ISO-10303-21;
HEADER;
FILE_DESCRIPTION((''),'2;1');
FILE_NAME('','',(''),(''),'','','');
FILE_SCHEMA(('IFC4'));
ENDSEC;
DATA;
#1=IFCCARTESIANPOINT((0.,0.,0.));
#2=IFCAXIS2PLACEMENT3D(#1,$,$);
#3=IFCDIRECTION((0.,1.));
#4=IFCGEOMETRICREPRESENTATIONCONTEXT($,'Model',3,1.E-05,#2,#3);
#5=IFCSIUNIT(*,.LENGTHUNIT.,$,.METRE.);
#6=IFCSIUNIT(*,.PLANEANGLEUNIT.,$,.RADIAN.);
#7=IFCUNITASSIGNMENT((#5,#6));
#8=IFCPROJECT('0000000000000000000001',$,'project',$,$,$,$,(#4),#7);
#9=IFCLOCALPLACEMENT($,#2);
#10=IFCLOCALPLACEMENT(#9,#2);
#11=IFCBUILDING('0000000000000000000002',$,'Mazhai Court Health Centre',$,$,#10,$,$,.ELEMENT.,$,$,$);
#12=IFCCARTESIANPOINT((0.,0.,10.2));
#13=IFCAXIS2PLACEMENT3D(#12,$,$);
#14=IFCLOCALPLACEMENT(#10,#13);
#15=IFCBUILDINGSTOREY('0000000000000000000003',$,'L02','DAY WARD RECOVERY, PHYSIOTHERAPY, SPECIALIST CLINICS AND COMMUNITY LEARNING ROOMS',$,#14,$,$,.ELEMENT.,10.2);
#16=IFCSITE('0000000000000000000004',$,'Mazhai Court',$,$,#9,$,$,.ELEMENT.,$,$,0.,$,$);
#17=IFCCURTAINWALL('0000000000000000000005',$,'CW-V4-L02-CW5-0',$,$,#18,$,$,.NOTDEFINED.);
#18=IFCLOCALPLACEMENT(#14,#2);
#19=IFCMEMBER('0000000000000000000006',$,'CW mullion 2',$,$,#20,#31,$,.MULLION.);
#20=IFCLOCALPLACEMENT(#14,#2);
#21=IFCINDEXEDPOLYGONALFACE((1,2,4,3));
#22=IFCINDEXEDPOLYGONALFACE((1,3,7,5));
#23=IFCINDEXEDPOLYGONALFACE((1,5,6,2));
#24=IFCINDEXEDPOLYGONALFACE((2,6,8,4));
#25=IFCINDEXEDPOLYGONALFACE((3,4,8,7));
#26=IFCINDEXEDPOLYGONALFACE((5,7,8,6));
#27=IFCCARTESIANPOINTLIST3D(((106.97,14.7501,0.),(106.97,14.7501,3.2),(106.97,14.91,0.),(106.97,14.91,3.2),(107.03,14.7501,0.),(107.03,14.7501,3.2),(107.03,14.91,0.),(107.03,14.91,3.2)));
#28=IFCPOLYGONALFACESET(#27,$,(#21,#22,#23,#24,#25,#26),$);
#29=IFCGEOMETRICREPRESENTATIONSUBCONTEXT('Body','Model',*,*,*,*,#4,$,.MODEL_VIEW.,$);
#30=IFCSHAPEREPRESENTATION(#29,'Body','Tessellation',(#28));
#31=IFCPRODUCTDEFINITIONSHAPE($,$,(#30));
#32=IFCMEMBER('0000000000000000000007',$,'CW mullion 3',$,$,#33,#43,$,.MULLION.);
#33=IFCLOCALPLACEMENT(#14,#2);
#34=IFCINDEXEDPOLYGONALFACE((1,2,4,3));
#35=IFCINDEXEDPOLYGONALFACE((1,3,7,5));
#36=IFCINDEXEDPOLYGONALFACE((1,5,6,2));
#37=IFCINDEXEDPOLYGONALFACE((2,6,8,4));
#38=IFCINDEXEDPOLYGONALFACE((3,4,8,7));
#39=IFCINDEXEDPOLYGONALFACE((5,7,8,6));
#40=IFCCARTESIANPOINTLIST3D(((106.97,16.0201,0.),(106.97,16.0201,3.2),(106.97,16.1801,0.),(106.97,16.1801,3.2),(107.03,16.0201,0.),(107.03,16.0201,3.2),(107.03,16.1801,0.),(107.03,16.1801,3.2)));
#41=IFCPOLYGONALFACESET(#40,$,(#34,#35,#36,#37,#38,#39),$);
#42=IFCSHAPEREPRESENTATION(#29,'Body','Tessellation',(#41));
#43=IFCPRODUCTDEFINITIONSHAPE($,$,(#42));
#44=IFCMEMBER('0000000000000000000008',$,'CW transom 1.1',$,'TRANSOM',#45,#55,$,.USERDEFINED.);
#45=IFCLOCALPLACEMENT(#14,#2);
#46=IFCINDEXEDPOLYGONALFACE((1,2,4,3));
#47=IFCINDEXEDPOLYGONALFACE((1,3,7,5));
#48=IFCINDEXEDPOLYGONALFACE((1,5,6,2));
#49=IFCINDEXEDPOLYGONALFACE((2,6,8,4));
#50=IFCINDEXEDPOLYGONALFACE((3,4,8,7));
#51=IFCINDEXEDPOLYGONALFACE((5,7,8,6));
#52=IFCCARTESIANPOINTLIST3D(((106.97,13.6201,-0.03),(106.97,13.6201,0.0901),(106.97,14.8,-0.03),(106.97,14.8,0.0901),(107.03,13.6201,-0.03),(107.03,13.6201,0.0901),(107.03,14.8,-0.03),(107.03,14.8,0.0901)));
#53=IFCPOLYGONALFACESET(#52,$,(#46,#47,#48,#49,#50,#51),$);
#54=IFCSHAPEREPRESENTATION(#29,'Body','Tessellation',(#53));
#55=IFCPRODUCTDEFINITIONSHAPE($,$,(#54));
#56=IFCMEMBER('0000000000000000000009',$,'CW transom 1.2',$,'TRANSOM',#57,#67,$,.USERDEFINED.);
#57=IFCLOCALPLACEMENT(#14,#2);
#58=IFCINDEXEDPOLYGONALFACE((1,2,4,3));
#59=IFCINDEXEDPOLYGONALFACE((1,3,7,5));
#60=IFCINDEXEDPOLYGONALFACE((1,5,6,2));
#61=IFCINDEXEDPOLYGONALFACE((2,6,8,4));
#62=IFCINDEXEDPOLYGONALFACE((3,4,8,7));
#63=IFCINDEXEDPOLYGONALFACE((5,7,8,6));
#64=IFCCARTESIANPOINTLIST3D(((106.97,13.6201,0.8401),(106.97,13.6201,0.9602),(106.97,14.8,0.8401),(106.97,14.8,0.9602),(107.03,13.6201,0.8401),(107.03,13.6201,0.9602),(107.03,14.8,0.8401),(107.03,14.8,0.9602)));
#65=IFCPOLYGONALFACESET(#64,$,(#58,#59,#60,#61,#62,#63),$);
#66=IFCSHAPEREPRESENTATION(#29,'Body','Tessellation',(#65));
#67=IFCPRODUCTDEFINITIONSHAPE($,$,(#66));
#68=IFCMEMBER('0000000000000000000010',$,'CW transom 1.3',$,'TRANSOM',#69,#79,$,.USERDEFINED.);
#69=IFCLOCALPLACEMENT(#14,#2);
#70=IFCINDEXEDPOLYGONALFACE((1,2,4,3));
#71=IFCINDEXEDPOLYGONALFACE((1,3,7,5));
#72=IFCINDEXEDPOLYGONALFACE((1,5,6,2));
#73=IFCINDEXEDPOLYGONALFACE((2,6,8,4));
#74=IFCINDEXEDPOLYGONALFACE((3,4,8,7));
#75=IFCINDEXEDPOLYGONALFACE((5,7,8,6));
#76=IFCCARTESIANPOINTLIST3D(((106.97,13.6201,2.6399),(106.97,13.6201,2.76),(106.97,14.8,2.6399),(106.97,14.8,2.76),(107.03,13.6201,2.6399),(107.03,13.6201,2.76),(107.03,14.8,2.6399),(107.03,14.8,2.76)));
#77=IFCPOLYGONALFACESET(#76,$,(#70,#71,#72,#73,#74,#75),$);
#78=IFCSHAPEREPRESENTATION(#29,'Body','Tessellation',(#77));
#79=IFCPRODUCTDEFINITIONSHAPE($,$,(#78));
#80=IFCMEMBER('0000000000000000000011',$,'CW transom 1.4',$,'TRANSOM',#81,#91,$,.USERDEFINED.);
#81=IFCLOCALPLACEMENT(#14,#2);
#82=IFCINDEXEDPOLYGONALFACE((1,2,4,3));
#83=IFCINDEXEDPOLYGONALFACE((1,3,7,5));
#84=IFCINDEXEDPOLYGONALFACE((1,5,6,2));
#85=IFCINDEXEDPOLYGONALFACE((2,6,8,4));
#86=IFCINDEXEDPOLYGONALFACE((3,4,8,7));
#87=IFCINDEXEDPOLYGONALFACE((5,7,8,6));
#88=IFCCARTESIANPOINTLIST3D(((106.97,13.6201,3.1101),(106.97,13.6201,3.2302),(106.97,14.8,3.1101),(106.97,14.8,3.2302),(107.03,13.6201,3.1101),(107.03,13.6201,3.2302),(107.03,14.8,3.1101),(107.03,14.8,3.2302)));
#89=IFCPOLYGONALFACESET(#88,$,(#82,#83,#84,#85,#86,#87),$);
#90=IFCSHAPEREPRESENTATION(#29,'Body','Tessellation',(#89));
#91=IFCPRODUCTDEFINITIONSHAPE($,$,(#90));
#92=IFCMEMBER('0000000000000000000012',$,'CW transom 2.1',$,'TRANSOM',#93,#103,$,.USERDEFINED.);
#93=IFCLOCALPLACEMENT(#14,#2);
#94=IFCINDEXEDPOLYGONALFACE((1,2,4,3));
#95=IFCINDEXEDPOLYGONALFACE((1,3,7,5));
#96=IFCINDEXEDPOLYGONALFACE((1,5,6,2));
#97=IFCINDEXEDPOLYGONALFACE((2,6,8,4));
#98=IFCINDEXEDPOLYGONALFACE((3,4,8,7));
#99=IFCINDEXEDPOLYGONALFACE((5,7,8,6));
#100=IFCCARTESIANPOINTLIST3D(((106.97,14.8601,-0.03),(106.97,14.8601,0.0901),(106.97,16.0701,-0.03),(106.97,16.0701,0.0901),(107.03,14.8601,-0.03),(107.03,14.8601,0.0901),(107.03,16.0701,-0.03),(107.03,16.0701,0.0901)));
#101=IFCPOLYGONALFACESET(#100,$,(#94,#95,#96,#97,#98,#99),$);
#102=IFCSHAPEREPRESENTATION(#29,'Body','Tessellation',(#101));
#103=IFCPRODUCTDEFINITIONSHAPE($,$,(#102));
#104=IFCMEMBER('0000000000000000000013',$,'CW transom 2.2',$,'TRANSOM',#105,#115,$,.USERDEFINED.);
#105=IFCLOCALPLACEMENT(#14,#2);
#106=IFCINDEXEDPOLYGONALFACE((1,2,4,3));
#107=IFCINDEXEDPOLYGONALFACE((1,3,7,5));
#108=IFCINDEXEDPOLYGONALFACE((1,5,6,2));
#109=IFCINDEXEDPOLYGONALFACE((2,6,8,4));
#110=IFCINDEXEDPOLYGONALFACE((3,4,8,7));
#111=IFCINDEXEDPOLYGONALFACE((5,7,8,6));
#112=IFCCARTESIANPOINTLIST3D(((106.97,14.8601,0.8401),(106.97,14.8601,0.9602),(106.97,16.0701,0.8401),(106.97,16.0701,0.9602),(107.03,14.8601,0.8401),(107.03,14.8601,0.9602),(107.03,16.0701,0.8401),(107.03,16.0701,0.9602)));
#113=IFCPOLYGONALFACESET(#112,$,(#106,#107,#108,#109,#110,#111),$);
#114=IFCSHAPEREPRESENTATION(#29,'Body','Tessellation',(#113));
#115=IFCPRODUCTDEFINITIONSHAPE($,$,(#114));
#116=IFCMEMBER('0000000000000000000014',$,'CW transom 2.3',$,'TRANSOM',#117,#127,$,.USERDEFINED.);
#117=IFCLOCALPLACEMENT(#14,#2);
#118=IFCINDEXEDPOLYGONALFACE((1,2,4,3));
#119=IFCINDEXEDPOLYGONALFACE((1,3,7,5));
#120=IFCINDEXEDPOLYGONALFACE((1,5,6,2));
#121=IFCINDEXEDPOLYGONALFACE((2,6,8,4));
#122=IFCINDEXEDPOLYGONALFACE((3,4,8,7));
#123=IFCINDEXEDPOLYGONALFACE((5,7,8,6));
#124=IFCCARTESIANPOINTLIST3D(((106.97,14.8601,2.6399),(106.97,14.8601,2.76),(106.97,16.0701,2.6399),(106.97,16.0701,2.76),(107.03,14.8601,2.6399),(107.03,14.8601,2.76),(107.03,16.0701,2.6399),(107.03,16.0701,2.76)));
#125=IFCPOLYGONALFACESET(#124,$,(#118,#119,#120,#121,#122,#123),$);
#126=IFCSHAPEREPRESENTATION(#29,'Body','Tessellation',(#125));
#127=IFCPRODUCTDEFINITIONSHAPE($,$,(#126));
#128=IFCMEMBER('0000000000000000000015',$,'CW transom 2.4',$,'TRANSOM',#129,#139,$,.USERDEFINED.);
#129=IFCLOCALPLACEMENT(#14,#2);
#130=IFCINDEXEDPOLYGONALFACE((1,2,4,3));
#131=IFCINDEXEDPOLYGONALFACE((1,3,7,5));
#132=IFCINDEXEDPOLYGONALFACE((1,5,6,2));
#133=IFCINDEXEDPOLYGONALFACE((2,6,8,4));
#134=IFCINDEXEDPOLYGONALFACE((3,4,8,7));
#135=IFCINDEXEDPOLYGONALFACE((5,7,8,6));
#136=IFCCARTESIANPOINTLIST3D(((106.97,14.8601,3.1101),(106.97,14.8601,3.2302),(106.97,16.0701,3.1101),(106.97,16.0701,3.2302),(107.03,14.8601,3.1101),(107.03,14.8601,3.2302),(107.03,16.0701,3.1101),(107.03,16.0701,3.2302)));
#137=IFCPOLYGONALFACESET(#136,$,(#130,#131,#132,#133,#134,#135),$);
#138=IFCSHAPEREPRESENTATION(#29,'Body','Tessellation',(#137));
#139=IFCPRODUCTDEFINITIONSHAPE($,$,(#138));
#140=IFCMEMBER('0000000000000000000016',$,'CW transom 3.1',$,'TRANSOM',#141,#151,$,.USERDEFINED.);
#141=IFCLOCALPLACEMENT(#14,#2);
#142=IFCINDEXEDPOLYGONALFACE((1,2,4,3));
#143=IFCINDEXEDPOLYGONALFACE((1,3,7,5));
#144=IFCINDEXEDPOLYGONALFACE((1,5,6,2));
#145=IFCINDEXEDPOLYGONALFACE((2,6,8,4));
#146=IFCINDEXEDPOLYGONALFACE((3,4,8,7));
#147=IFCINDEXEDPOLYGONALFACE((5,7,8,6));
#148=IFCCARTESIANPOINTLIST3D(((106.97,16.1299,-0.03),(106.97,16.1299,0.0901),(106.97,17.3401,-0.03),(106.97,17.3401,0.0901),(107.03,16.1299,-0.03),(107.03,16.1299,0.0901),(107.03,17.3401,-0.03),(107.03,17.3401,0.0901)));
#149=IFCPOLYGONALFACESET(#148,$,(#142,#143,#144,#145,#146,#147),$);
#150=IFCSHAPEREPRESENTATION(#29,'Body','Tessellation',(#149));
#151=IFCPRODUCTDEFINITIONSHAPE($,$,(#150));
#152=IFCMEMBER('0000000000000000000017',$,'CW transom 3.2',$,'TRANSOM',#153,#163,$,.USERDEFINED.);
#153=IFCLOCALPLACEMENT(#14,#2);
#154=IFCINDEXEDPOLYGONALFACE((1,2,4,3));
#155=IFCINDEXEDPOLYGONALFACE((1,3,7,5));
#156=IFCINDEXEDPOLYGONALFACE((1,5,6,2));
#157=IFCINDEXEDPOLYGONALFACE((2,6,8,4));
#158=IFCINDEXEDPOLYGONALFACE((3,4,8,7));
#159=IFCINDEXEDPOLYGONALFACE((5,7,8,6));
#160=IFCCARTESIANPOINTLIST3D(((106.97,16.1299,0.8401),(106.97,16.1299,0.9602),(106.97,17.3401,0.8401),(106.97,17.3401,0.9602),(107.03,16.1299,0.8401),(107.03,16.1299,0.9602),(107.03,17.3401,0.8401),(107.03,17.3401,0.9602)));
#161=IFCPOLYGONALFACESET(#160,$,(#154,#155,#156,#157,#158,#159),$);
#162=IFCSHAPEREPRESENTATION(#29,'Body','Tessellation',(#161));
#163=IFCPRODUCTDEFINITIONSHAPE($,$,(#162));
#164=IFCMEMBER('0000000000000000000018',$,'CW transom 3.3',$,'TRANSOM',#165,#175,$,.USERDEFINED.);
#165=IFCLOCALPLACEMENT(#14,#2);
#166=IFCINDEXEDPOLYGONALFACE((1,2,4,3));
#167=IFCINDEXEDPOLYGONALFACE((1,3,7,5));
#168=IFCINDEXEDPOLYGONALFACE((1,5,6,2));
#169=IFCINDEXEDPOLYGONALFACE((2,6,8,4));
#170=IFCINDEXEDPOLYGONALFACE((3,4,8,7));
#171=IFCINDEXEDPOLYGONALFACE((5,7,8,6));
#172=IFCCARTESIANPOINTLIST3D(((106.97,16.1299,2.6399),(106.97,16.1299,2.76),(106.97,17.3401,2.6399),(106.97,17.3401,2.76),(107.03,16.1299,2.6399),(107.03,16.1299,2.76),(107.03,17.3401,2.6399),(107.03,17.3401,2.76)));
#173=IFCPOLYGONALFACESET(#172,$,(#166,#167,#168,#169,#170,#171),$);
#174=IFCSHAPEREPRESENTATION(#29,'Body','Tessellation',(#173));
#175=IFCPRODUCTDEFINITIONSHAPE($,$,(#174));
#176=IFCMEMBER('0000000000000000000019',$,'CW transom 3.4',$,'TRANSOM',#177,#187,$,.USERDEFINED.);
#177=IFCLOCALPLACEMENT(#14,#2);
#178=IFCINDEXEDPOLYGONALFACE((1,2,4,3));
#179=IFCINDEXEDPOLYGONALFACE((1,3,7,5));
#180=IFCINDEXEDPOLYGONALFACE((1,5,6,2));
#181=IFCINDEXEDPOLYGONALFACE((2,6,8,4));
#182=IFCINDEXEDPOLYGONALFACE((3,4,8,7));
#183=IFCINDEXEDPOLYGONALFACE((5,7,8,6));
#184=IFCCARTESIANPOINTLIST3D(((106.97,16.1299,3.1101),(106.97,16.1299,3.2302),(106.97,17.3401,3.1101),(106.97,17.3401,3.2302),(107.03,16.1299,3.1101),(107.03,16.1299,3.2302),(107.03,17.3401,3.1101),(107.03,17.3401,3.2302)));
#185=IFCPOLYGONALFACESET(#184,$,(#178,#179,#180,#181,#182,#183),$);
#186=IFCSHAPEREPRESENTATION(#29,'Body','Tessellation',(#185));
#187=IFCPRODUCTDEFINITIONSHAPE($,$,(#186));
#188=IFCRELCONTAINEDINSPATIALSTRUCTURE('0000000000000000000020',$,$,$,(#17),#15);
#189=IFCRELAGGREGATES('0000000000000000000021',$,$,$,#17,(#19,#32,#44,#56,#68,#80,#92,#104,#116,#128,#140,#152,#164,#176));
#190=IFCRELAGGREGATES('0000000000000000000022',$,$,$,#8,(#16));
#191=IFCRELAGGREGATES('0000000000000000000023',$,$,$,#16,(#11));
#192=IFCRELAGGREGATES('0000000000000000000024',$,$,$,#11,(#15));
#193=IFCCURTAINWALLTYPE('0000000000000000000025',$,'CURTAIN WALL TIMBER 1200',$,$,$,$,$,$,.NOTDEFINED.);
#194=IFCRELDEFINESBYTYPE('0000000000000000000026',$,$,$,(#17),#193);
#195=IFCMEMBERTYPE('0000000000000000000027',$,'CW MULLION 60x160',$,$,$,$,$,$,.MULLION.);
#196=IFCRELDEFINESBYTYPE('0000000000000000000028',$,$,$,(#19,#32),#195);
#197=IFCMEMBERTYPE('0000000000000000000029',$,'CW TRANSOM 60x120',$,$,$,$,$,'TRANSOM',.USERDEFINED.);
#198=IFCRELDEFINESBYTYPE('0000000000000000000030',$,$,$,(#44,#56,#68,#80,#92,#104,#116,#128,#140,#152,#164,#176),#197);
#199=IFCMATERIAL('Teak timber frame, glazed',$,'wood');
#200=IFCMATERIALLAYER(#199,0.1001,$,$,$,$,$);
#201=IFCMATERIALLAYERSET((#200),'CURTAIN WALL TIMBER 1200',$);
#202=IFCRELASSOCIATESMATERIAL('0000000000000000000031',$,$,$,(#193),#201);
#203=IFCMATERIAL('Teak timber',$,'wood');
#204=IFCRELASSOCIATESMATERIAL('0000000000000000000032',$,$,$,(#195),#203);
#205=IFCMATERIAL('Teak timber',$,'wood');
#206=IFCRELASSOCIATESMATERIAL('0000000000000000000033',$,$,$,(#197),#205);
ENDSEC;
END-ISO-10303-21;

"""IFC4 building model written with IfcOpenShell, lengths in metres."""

from ifc_helpers import new_model, si_unit, direction, frame, origin, origin_2d, place, context, subcontext, project, spatial, rectangle, extrude, material, layer, layer_set, material_profile, profile_set, type_object, element, aggregate, save


model = new_model("IFC4")

# Units and contexts
model_context = context("Model", 3, precision=1e-05, world=origin(), true_north=direction((0.0, 1.0)))
body_context = subcontext(model_context, "Body", "Model", "MODEL_VIEW")
ifc_project = project(units=[si_unit("LENGTHUNIT", "METRE"), si_unit("PLANEANGLEUNIT", "RADIAN")], contexts=[model_context])

# Site, building, storey
site_placement = place(None, origin())
site = spatial("IfcSite", under=ifc_project, at=site_placement, Name="Mazhai Court", CompositionType="ELEMENT", RefElevation=0.0)
building_placement = place(site_placement, origin())
building = spatial("IfcBuilding", under=site, at=building_placement, Name="Mazhai Court Health Centre", CompositionType="ELEMENT")
storey_placement = place(building_placement, frame((0.0, 0.0, 10.2)))
storey = spatial("IfcBuildingStorey", under=building, at=storey_placement, Name="L02", Description="DAY WARD RECOVERY, PHYSIOTHERAPY, SPECIALIST CLINICS AND COMMUNITY LEARNING ROOMS", CompositionType="ELEMENT", Elevation=10.2)

# Curtain wall, members
ifc_material_1 = material(Name="Teak timber frame, glazed", Category="wood")
ifc_layer_1 = layer(ifc_material_1, 0.1001)
ifc_layer_set_1 = layer_set([ifc_layer_1], Name="CURTAIN WALL TIMBER 1200")
curtain_wall_type = type_object("IfcCurtainWallType", Name="CURTAIN WALL TIMBER 1200", PredefinedType="NOTDEFINED", material=ifc_layer_set_1)
curtain_wall_placement = place(storey_placement, origin())
curtain_wall = element("IfcCurtainWall", 1, at=curtain_wall_placement, inside=storey, type_object=curtain_wall_type, Name="CW-V4-L02-CW5-0", PredefinedType="NOTDEFINED")
ifc_material_2 = material(Name="Teak timber", Category="wood")
ifc_material_profile_1 = material_profile(ifc_material_2, rectangle(XDim=0.0601, YDim=0.1599, at=origin_2d()), Name="CW MULLION 60x160")
ifc_profile_set_1 = profile_set([ifc_material_profile_1], Name="Teak timber")
member_type_1 = type_object("IfcMemberType", Name="CW MULLION 60x160", PredefinedType="MULLION", material=ifc_profile_set_1)
member_1_placement = place(storey_placement, frame((107.0, 14.8301, 0.0), z_axis=(0.0, 0.0, 1.0), x_axis=(-1.0, 0.0, 0.0)))
member_1 = element("IfcMember", 2, at=member_1_placement, type_object=member_type_1, Name="CW mullion 2", PredefinedType="MULLION", context=body_context, shape_type="SweptSolid", body=[
    extrude(rectangle(XDim=0.0601, YDim=0.1599, at=origin_2d()), origin(), (0.0, 0.0, 1.0), 3.2),
])
member_2_placement = place(storey_placement, frame((107.0, 16.1001, 0.0), z_axis=(0.0, 0.0, 1.0), x_axis=(-1.0, 0.0, 0.0)))
member_2 = element("IfcMember", 3, at=member_2_placement, type_object=member_type_1, Name="CW mullion 3", PredefinedType="MULLION", context=body_context, shape_type="SweptSolid", body=[
    extrude(rectangle(XDim=0.0601, YDim=0.1599, at=origin_2d()), origin(), (0.0, 0.0, 1.0), 3.2),
])
ifc_material_3 = material(Name="Teak timber", Category="wood")
ifc_material_profile_2 = material_profile(ifc_material_3, rectangle(XDim=0.0601, YDim=0.1201, at=origin_2d()), Name="CW TRANSOM 60x120")
ifc_profile_set_2 = profile_set([ifc_material_profile_2], Name="Teak timber")
member_type_2 = type_object("IfcMemberType", Name="CW TRANSOM 60x120", ElementType="TRANSOM", PredefinedType="USERDEFINED", material=ifc_profile_set_2)
member_3_placement = place(storey_placement, frame((107.0, 13.6201, 0.03), z_axis=(0.0, 1.0, 0.0), x_axis=(-1.0, 0.0, 0.0)))
member_3 = element("IfcMember", 4, at=member_3_placement, type_object=member_type_2, Name="CW transom 1.1", ObjectType="TRANSOM", PredefinedType="USERDEFINED", context=body_context, shape_type="SweptSolid", body=[
    extrude(rectangle(XDim=0.0601, YDim=0.1201, at=origin_2d()), origin(), (0.0, 0.0, 1.0), 1.1799),
])
member_4_placement = place(storey_placement, frame((107.0, 13.6201, 0.9001), z_axis=(0.0, 1.0, 0.0), x_axis=(-1.0, 0.0, 0.0)))
member_4 = element("IfcMember", 5, at=member_4_placement, type_object=member_type_2, Name="CW transom 1.2", ObjectType="TRANSOM", PredefinedType="USERDEFINED", context=body_context, shape_type="SweptSolid", body=[
    extrude(rectangle(XDim=0.0601, YDim=0.1201, at=origin_2d()), origin(), (0.0, 0.0, 1.0), 1.1799),
])
member_5_placement = place(storey_placement, frame((107.0, 13.6201, 2.7), z_axis=(0.0, 1.0, 0.0), x_axis=(-1.0, 0.0, 0.0)))
member_5 = element("IfcMember", 6, at=member_5_placement, type_object=member_type_2, Name="CW transom 1.3", ObjectType="TRANSOM", PredefinedType="USERDEFINED", context=body_context, shape_type="SweptSolid", body=[
    extrude(rectangle(XDim=0.0601, YDim=0.1201, at=origin_2d()), origin(), (0.0, 0.0, 1.0), 1.1799),
])
member_6_placement = place(storey_placement, frame((107.0, 13.6201, 3.1702), z_axis=(0.0, 1.0, 0.0), x_axis=(-1.0, 0.0, 0.0)))
member_6 = element("IfcMember", 7, at=member_6_placement, type_object=member_type_2, Name="CW transom 1.4", ObjectType="TRANSOM", PredefinedType="USERDEFINED", context=body_context, shape_type="SweptSolid", body=[
    extrude(rectangle(XDim=0.0601, YDim=0.1201, at=origin_2d()), origin(), (0.0, 0.0, 1.0), 1.1799),
])
member_7_placement = place(storey_placement, frame((107.0, 14.8601, 0.03), z_axis=(0.0, 1.0, 0.0), x_axis=(-1.0, 0.0, 0.0)))
member_7 = element("IfcMember", 8, at=member_7_placement, type_object=member_type_2, Name="CW transom 2.1", ObjectType="TRANSOM", PredefinedType="USERDEFINED", context=body_context, shape_type="SweptSolid", body=[
    extrude(rectangle(XDim=0.0601, YDim=0.1201, at=origin_2d()), origin(), (0.0, 0.0, 1.0), 1.21),
])
member_8_placement = place(storey_placement, frame((107.0, 14.8601, 0.9001), z_axis=(0.0, 1.0, 0.0), x_axis=(-1.0, 0.0, 0.0)))
member_8 = element("IfcMember", 9, at=member_8_placement, type_object=member_type_2, Name="CW transom 2.2", ObjectType="TRANSOM", PredefinedType="USERDEFINED", context=body_context, shape_type="SweptSolid", body=[
    extrude(rectangle(XDim=0.0601, YDim=0.1201, at=origin_2d()), origin(), (0.0, 0.0, 1.0), 1.21),
])
member_9_placement = place(storey_placement, frame((107.0, 14.8601, 2.7), z_axis=(0.0, 1.0, 0.0), x_axis=(-1.0, 0.0, 0.0)))
member_9 = element("IfcMember", 10, at=member_9_placement, type_object=member_type_2, Name="CW transom 2.3", ObjectType="TRANSOM", PredefinedType="USERDEFINED", context=body_context, shape_type="SweptSolid", body=[
    extrude(rectangle(XDim=0.0601, YDim=0.1201, at=origin_2d()), origin(), (0.0, 0.0, 1.0), 1.21),
])
member_10_placement = place(storey_placement, frame((107.0, 14.8601, 3.1702), z_axis=(0.0, 1.0, 0.0), x_axis=(-1.0, 0.0, 0.0)))
member_10 = element("IfcMember", 11, at=member_10_placement, type_object=member_type_2, Name="CW transom 2.4", ObjectType="TRANSOM", PredefinedType="USERDEFINED", context=body_context, shape_type="SweptSolid", body=[
    extrude(rectangle(XDim=0.0601, YDim=0.1201, at=origin_2d()), origin(), (0.0, 0.0, 1.0), 1.21),
])
member_11_placement = place(storey_placement, frame((107.0, 16.1299, 0.03), z_axis=(0.0, 1.0, 0.0), x_axis=(-1.0, 0.0, 0.0)))
member_11 = element("IfcMember", 12, at=member_11_placement, type_object=member_type_2, Name="CW transom 3.1", ObjectType="TRANSOM", PredefinedType="USERDEFINED", context=body_context, shape_type="SweptSolid", body=[
    extrude(rectangle(XDim=0.0601, YDim=0.1201, at=origin_2d()), origin(), (0.0, 0.0, 1.0), 1.2102),
])
member_12_placement = place(storey_placement, frame((107.0, 16.1299, 0.9001), z_axis=(0.0, 1.0, 0.0), x_axis=(-1.0, 0.0, 0.0)))
member_12 = element("IfcMember", 13, at=member_12_placement, type_object=member_type_2, Name="CW transom 3.2", ObjectType="TRANSOM", PredefinedType="USERDEFINED", context=body_context, shape_type="SweptSolid", body=[
    extrude(rectangle(XDim=0.0601, YDim=0.1201, at=origin_2d()), origin(), (0.0, 0.0, 1.0), 1.2102),
])
member_13_placement = place(storey_placement, frame((107.0, 16.1299, 2.7), z_axis=(0.0, 1.0, 0.0), x_axis=(-1.0, 0.0, 0.0)))
member_13 = element("IfcMember", 14, at=member_13_placement, type_object=member_type_2, Name="CW transom 3.3", ObjectType="TRANSOM", PredefinedType="USERDEFINED", context=body_context, shape_type="SweptSolid", body=[
    extrude(rectangle(XDim=0.0601, YDim=0.1201, at=origin_2d()), origin(), (0.0, 0.0, 1.0), 1.2102),
])
member_14_placement = place(storey_placement, frame((107.0, 16.1299, 3.1702), z_axis=(0.0, 1.0, 0.0), x_axis=(-1.0, 0.0, 0.0)))
member_14 = element("IfcMember", 15, at=member_14_placement, type_object=member_type_2, Name="CW transom 3.4", ObjectType="TRANSOM", PredefinedType="USERDEFINED", context=body_context, shape_type="SweptSolid", body=[
    extrude(rectangle(XDim=0.0601, YDim=0.1201, at=origin_2d()), origin(), (0.0, 0.0, 1.0), 1.2102),
])
aggregate(curtain_wall, [member_1, member_2, member_3, member_4, member_5, member_6, member_7, member_8, member_9, member_10, member_11, member_12, member_13, member_14])

save(model, "model.ifc")
